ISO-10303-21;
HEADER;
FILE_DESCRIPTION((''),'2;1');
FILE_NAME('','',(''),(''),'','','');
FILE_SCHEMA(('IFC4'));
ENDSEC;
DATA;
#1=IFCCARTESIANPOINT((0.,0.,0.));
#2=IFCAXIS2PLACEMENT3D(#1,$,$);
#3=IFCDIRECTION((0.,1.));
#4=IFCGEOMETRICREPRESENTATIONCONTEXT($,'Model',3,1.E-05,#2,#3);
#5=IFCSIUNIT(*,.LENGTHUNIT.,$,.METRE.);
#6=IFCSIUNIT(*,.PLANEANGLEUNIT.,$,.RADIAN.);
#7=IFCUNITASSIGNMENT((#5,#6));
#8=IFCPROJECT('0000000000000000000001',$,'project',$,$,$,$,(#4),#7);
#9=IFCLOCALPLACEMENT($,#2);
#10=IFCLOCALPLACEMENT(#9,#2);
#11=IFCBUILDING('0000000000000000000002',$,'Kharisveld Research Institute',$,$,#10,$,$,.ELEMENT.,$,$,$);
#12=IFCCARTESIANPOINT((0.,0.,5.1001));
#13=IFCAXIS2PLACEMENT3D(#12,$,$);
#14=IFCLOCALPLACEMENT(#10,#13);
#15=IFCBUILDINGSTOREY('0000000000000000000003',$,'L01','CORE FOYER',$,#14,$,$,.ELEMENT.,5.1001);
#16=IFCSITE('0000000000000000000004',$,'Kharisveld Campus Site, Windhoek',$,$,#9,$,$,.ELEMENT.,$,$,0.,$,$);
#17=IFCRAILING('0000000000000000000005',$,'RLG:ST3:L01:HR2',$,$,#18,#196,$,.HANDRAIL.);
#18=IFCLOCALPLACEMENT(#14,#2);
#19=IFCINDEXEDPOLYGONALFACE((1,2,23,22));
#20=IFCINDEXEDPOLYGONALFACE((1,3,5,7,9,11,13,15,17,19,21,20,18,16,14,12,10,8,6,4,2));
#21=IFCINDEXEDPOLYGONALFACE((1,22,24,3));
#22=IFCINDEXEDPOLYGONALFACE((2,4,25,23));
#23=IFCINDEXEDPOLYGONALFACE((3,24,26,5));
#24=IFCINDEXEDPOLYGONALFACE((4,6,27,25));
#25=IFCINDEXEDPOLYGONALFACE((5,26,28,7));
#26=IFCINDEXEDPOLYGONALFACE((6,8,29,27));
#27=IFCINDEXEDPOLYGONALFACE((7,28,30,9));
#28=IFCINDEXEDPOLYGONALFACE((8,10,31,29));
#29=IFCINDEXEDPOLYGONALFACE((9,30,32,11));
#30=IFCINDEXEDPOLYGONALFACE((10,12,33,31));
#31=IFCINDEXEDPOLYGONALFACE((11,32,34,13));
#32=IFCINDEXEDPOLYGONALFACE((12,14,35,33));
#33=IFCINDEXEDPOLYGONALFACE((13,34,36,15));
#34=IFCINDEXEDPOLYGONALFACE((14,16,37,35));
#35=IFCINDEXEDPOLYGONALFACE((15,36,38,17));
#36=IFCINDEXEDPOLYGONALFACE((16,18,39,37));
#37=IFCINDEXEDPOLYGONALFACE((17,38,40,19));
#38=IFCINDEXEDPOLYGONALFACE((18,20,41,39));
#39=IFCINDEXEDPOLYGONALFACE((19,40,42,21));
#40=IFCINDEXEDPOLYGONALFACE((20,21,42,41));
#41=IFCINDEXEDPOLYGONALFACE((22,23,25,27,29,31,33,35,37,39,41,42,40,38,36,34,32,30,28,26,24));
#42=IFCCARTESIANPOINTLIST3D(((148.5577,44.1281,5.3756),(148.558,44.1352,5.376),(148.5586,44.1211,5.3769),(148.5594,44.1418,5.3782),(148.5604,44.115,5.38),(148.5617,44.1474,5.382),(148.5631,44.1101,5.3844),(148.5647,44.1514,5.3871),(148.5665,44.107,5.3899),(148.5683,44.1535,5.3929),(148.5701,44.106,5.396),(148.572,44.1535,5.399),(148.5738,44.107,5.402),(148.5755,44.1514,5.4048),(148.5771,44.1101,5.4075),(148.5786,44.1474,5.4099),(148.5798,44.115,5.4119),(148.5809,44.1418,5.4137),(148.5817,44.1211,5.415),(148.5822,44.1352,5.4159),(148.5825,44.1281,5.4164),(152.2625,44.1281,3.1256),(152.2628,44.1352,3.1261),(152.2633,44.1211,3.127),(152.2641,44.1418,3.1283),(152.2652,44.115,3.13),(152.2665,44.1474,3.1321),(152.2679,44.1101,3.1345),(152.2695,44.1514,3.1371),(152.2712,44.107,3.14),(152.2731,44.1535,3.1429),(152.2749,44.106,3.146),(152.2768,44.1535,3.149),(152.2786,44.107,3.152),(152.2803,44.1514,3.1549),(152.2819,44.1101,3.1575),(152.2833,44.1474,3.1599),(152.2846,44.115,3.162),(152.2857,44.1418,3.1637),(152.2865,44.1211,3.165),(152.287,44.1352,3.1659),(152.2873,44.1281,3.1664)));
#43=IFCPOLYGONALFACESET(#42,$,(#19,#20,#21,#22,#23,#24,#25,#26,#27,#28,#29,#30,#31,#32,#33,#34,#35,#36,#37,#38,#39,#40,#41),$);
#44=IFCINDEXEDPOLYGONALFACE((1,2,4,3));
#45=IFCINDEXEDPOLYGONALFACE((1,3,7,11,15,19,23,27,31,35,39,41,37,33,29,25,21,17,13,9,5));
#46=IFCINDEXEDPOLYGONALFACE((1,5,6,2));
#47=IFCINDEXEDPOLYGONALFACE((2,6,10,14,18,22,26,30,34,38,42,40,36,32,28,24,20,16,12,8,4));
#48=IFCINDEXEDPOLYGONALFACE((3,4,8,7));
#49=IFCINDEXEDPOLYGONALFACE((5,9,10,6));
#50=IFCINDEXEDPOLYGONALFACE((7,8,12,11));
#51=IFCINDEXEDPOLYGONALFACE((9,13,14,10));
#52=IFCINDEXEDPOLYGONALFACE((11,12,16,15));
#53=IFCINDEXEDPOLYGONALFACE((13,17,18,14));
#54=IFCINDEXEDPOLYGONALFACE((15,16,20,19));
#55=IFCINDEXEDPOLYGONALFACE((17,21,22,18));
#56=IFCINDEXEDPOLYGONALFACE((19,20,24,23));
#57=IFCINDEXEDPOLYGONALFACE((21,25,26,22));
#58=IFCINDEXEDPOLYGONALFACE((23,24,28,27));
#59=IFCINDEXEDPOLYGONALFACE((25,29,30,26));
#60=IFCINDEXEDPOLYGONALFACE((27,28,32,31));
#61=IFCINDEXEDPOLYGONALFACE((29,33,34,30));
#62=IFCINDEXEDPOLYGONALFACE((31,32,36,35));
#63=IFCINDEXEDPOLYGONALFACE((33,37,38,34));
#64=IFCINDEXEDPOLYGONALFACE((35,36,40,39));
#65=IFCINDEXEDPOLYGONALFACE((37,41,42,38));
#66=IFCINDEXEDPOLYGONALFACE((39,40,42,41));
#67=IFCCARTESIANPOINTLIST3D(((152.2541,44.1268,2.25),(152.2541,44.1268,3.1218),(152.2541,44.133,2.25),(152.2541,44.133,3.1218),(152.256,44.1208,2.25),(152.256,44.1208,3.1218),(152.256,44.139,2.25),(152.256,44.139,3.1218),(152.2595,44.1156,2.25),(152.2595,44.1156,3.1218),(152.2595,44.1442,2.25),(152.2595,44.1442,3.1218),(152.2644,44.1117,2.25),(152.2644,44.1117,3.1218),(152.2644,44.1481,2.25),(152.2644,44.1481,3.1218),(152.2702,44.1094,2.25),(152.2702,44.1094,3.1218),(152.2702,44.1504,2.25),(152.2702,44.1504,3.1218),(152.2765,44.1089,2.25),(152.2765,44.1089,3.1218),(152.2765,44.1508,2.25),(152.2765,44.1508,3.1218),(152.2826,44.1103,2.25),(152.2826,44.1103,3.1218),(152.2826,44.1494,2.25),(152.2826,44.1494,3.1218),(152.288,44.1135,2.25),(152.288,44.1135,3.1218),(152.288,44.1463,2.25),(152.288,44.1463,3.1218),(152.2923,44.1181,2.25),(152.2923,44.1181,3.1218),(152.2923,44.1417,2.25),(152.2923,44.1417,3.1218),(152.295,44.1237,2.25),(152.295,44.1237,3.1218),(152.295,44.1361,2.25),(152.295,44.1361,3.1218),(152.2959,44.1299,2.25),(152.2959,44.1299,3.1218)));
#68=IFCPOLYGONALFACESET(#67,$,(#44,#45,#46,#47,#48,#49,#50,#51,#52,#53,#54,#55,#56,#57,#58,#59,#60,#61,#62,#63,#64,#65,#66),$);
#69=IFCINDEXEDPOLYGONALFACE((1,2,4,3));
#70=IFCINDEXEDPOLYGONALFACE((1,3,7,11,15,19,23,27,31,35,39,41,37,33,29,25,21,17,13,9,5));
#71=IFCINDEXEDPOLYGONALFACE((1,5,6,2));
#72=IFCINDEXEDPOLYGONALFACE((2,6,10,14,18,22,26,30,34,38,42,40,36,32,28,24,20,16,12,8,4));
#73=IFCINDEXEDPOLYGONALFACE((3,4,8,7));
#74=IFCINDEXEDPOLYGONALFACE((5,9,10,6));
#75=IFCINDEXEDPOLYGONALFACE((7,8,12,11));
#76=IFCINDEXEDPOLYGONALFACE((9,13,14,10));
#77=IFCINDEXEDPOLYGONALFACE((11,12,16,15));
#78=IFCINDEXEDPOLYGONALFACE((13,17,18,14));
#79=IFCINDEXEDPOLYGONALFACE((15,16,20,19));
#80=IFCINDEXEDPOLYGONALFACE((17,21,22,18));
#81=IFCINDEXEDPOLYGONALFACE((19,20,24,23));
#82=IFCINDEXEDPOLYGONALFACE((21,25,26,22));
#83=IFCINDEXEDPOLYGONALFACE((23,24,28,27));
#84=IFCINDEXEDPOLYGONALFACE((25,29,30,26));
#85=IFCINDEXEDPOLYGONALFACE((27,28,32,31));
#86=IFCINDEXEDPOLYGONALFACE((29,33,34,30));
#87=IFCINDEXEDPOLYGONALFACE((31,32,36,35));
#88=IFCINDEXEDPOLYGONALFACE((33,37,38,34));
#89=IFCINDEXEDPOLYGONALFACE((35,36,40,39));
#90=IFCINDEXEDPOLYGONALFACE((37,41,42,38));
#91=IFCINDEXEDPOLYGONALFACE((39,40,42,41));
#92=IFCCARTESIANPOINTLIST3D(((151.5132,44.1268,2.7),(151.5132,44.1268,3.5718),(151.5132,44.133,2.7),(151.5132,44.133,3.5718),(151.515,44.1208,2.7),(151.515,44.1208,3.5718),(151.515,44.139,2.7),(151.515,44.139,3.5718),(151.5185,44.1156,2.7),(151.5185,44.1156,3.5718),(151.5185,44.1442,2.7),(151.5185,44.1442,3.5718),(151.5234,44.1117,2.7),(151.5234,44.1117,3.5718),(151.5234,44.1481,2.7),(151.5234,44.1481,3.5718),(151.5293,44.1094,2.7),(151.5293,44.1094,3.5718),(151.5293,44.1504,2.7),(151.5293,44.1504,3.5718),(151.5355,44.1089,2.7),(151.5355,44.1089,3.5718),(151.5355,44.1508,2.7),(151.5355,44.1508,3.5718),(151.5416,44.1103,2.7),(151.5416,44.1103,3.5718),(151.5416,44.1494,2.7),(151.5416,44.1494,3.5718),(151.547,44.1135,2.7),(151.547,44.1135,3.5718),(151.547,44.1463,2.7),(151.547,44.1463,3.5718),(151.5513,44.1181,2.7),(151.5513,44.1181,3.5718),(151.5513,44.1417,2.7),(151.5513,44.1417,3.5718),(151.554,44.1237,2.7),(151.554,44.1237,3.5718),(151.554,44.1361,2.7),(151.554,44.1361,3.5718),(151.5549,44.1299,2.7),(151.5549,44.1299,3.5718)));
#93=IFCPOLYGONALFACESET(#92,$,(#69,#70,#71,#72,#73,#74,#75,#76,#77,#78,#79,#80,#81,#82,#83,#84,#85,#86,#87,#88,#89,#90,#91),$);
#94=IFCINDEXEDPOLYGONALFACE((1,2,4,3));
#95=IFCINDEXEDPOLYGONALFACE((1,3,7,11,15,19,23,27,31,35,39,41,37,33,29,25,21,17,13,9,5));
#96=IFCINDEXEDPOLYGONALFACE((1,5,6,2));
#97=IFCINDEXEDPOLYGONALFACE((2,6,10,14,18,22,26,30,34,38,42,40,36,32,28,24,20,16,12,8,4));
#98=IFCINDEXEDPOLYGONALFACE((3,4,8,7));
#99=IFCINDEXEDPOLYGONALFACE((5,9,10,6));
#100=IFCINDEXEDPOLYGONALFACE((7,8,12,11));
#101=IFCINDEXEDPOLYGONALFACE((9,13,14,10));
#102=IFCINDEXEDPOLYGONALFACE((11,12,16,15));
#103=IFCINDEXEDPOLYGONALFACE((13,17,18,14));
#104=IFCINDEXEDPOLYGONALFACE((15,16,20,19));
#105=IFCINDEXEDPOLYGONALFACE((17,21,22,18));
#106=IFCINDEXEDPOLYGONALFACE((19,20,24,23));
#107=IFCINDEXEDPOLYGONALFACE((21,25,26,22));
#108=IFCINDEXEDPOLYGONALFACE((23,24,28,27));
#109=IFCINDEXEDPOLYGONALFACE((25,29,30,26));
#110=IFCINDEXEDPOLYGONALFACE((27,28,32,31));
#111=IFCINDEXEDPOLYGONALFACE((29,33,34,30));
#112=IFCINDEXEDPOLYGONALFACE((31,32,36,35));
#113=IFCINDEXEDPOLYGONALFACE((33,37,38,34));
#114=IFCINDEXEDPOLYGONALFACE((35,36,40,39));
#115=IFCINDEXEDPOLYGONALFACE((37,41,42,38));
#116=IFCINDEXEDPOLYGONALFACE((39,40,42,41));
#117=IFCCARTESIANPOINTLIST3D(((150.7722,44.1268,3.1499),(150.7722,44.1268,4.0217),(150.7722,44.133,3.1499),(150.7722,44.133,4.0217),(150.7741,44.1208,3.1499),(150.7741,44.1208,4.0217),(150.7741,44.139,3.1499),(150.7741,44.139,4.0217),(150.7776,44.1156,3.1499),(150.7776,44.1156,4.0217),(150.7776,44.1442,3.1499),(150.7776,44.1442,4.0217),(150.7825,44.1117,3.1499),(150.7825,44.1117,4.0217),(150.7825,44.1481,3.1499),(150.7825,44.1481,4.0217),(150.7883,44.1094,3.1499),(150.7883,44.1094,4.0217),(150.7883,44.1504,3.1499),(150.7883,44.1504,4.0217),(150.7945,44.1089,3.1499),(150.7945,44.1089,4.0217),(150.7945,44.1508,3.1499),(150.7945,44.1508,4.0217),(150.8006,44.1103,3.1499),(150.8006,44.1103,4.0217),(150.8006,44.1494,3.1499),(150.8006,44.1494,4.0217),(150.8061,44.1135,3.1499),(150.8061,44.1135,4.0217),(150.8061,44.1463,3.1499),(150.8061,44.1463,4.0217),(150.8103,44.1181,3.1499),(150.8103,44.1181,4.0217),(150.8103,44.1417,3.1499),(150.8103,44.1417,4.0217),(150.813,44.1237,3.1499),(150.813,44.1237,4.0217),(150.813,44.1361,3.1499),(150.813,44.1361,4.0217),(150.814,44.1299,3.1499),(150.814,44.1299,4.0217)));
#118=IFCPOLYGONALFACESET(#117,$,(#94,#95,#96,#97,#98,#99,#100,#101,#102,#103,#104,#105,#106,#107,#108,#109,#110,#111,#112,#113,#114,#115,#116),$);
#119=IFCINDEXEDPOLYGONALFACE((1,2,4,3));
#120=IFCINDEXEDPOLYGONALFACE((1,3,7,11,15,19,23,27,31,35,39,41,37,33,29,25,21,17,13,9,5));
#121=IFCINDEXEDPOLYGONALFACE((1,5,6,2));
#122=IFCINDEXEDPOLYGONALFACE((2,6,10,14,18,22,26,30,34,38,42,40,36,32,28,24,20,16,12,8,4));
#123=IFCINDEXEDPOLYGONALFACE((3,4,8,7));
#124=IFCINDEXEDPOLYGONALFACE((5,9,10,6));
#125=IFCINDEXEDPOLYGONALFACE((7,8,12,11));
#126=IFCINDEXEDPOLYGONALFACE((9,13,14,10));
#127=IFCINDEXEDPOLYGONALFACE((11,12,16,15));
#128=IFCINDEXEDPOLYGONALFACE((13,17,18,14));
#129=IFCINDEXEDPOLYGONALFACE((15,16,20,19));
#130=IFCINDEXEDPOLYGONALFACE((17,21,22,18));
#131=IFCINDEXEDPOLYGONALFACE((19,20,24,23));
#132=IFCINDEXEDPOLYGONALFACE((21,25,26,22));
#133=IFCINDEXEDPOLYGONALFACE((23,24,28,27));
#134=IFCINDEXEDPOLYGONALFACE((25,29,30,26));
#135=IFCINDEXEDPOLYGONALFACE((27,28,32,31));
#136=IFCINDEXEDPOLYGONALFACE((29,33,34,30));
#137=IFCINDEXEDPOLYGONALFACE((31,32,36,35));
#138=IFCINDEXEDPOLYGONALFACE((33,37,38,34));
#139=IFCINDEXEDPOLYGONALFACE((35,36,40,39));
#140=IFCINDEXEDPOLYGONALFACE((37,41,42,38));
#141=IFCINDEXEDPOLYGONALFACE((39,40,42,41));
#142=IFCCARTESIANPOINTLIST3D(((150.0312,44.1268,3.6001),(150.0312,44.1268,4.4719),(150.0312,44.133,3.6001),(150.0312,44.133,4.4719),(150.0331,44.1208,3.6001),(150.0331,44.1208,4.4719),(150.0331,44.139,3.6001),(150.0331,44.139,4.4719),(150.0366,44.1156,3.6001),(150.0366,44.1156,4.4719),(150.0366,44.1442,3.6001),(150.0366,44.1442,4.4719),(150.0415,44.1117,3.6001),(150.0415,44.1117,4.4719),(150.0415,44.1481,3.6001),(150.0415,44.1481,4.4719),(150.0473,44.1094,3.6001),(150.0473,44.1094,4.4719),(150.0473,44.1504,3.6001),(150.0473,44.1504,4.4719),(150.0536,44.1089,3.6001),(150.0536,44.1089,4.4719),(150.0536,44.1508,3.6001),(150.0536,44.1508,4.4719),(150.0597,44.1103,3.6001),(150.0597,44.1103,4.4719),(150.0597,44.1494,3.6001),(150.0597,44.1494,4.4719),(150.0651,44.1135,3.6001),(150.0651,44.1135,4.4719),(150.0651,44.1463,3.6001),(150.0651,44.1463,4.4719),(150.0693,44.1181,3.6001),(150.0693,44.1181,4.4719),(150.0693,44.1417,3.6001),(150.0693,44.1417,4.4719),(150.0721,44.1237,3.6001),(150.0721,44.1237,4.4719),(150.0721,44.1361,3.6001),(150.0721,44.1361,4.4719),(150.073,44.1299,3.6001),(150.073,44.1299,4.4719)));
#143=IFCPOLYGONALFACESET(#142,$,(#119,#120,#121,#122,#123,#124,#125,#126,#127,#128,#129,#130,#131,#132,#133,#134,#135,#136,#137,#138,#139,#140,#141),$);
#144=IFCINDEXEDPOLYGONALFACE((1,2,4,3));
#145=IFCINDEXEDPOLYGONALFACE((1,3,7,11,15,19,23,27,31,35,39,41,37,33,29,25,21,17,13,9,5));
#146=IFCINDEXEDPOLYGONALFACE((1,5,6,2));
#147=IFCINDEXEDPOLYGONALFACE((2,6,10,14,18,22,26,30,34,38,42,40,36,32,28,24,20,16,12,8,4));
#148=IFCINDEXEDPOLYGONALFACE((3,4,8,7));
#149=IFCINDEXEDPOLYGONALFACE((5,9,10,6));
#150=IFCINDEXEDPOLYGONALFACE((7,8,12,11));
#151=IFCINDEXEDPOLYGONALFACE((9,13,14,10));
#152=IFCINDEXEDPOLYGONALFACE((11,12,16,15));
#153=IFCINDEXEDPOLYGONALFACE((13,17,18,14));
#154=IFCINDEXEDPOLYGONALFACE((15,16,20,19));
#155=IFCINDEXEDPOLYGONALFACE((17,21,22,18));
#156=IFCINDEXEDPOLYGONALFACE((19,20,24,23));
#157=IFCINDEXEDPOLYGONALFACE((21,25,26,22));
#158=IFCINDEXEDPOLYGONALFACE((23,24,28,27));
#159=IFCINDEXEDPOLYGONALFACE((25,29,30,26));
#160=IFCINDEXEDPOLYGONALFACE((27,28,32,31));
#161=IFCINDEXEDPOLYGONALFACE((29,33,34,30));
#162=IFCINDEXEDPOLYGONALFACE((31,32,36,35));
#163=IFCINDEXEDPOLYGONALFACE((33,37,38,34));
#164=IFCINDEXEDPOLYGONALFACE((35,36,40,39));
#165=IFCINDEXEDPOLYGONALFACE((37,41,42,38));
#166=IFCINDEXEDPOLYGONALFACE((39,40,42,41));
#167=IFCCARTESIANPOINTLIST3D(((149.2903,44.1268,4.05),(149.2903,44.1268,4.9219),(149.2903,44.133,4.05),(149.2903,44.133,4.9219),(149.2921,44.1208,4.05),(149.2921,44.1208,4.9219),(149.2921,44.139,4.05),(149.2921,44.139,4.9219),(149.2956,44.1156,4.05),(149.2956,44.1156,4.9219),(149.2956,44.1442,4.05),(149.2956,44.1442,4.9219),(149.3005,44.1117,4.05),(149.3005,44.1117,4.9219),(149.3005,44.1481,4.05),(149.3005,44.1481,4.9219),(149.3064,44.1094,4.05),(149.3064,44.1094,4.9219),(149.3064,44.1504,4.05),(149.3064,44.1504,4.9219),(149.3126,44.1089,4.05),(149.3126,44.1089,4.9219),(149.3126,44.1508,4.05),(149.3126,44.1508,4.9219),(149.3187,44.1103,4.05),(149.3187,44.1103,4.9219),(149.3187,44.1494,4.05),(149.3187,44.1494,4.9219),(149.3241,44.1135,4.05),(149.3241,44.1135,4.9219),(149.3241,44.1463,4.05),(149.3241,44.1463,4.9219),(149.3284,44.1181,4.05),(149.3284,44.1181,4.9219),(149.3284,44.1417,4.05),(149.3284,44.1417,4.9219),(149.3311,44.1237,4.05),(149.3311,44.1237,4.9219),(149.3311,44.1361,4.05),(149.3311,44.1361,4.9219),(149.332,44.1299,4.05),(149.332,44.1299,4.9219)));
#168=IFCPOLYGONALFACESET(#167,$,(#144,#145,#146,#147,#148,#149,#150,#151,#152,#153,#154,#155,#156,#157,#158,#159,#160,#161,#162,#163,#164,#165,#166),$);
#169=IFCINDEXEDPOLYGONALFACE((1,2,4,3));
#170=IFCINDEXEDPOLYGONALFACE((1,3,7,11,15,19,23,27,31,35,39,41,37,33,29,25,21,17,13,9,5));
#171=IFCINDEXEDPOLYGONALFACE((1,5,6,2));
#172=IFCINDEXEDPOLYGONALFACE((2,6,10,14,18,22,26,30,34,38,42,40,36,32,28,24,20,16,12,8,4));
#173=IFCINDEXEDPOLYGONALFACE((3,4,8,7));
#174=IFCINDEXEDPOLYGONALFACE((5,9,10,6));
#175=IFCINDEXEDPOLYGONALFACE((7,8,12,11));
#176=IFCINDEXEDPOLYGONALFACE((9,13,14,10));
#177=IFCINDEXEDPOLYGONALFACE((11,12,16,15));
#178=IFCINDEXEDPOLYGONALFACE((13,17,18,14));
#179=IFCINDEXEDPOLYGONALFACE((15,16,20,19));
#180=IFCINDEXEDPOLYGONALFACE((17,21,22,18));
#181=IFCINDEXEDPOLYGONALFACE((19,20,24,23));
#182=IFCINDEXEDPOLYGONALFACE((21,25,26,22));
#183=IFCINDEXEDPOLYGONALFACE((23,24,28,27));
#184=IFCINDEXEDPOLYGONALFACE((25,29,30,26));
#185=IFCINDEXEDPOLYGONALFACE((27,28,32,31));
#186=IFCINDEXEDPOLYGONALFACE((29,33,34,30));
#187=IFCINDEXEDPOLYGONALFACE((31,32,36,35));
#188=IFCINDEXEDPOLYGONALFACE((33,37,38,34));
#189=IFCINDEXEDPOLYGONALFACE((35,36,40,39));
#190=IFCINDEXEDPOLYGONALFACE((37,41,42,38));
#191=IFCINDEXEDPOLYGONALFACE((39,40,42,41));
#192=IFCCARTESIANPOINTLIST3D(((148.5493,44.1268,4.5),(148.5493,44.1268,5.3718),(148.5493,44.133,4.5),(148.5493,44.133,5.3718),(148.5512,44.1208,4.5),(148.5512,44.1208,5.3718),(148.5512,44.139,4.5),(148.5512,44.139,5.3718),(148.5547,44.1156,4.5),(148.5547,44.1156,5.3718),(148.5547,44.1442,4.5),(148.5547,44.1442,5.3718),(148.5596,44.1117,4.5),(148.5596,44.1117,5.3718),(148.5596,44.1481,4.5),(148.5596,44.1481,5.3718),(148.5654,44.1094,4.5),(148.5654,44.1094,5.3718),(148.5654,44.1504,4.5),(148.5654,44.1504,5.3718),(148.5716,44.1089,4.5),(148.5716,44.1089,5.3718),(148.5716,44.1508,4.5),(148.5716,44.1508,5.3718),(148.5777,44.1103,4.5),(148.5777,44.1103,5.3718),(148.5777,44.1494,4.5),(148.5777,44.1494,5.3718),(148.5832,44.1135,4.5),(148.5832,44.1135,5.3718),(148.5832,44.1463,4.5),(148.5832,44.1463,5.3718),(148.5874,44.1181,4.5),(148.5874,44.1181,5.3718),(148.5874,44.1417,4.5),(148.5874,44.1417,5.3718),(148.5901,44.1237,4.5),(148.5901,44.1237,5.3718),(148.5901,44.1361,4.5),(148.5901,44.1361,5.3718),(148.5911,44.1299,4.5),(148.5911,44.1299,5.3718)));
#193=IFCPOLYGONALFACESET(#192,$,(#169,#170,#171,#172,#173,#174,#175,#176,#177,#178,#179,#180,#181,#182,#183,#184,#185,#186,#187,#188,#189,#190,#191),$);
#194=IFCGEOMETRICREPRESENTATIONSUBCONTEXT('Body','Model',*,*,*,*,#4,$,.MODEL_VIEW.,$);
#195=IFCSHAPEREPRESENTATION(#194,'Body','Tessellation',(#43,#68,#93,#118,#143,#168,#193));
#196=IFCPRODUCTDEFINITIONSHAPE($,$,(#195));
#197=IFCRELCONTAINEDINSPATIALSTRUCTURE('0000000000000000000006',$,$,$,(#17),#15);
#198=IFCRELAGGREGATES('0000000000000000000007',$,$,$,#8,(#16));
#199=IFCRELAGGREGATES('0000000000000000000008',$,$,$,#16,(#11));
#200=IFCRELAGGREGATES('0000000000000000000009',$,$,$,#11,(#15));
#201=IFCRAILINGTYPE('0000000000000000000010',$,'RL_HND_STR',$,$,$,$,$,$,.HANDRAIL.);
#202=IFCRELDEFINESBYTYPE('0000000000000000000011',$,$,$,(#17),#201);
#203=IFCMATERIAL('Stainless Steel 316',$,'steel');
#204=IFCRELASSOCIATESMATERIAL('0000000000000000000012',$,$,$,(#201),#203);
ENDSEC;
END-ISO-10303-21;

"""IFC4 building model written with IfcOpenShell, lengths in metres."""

from ifc_helpers import new_model, si_unit, direction, frame, origin, origin_2d, place, context, subcontext, project, spatial, circle, extrude, material, type_object, element, save


model = new_model("IFC4")

# Units and contexts
model_context = context("Model", 3, precision=1e-05, world=origin(), true_north=direction((0.0, 1.0)))
body_context = subcontext(model_context, "Body", "Model", "MODEL_VIEW")
ifc_project = project(units=[si_unit("LENGTHUNIT", "METRE"), si_unit("PLANEANGLEUNIT", "RADIAN")], contexts=[model_context])

# Site, building, storey
site_placement = place(None, origin())
site = spatial("IfcSite", under=ifc_project, at=site_placement, Name="Kharisveld Campus Site, Windhoek", CompositionType="ELEMENT", RefElevation=0.0)
building_placement = place(site_placement, origin())
building = spatial("IfcBuilding", under=site, at=building_placement, Name="Kharisveld Research Institute", CompositionType="ELEMENT")
storey_placement = place(building_placement, frame((0.0, 0.0, 5.1001)))
storey = spatial("IfcBuildingStorey", under=building, at=storey_placement, Name="L01", Description="CORE FOYER", CompositionType="ELEMENT", Elevation=5.1001)

# Railing
ifc_material_1 = material(Name="Stainless Steel 316", Category="steel")
railing_type_1 = type_object("IfcRailingType", Name="RL_HND_STR", PredefinedType="HANDRAIL", material=ifc_material_1)
railing_1_placement = place(storey_placement, frame((152.2749, 44.1299, 2.25)))
element("IfcRailing", 1, at=railing_1_placement, inside=storey, type_object=railing_type_1, Name="RLG:ST3:L01:HR2", PredefinedType="HANDRAIL", context=body_context, shape_type="SweptSolid", body=[
    extrude(circle(Radius=0.0239, at=origin_2d()), frame((0.0, 0.0, 0.896), z_axis=(-0.854722, 0.0, 0.519085), x_axis=(0.0, -1.0, 0.0)), (0.0, 0.0, 1.0), 4.3345),
    extrude(circle(Radius=0.021, at=origin_2d()), origin(), (0.0, 0.0, 1.0), 0.8718),
    extrude(circle(Radius=0.021, at=origin_2d()), frame((-0.741, 0.0, 0.45)), (0.0, 0.0, 1.0), 0.8718),
    extrude(circle(Radius=0.021, at=origin_2d()), frame((-1.4819, 0.0, 0.8999)), (0.0, 0.0, 1.0), 0.8718),
    extrude(circle(Radius=0.021, at=origin_2d()), frame((-2.2229, 0.0, 1.3501)), (0.0, 0.0, 1.0), 0.8718),
    extrude(circle(Radius=0.021, at=origin_2d()), frame((-2.9639, 0.0, 1.8)), (0.0, 0.0, 1.0), 0.8718),
    extrude(circle(Radius=0.021, at=origin_2d()), frame((-3.7048, 0.0, 2.25)), (0.0, 0.0, 1.0), 0.8718),
])

save(model, "model.ifc")
